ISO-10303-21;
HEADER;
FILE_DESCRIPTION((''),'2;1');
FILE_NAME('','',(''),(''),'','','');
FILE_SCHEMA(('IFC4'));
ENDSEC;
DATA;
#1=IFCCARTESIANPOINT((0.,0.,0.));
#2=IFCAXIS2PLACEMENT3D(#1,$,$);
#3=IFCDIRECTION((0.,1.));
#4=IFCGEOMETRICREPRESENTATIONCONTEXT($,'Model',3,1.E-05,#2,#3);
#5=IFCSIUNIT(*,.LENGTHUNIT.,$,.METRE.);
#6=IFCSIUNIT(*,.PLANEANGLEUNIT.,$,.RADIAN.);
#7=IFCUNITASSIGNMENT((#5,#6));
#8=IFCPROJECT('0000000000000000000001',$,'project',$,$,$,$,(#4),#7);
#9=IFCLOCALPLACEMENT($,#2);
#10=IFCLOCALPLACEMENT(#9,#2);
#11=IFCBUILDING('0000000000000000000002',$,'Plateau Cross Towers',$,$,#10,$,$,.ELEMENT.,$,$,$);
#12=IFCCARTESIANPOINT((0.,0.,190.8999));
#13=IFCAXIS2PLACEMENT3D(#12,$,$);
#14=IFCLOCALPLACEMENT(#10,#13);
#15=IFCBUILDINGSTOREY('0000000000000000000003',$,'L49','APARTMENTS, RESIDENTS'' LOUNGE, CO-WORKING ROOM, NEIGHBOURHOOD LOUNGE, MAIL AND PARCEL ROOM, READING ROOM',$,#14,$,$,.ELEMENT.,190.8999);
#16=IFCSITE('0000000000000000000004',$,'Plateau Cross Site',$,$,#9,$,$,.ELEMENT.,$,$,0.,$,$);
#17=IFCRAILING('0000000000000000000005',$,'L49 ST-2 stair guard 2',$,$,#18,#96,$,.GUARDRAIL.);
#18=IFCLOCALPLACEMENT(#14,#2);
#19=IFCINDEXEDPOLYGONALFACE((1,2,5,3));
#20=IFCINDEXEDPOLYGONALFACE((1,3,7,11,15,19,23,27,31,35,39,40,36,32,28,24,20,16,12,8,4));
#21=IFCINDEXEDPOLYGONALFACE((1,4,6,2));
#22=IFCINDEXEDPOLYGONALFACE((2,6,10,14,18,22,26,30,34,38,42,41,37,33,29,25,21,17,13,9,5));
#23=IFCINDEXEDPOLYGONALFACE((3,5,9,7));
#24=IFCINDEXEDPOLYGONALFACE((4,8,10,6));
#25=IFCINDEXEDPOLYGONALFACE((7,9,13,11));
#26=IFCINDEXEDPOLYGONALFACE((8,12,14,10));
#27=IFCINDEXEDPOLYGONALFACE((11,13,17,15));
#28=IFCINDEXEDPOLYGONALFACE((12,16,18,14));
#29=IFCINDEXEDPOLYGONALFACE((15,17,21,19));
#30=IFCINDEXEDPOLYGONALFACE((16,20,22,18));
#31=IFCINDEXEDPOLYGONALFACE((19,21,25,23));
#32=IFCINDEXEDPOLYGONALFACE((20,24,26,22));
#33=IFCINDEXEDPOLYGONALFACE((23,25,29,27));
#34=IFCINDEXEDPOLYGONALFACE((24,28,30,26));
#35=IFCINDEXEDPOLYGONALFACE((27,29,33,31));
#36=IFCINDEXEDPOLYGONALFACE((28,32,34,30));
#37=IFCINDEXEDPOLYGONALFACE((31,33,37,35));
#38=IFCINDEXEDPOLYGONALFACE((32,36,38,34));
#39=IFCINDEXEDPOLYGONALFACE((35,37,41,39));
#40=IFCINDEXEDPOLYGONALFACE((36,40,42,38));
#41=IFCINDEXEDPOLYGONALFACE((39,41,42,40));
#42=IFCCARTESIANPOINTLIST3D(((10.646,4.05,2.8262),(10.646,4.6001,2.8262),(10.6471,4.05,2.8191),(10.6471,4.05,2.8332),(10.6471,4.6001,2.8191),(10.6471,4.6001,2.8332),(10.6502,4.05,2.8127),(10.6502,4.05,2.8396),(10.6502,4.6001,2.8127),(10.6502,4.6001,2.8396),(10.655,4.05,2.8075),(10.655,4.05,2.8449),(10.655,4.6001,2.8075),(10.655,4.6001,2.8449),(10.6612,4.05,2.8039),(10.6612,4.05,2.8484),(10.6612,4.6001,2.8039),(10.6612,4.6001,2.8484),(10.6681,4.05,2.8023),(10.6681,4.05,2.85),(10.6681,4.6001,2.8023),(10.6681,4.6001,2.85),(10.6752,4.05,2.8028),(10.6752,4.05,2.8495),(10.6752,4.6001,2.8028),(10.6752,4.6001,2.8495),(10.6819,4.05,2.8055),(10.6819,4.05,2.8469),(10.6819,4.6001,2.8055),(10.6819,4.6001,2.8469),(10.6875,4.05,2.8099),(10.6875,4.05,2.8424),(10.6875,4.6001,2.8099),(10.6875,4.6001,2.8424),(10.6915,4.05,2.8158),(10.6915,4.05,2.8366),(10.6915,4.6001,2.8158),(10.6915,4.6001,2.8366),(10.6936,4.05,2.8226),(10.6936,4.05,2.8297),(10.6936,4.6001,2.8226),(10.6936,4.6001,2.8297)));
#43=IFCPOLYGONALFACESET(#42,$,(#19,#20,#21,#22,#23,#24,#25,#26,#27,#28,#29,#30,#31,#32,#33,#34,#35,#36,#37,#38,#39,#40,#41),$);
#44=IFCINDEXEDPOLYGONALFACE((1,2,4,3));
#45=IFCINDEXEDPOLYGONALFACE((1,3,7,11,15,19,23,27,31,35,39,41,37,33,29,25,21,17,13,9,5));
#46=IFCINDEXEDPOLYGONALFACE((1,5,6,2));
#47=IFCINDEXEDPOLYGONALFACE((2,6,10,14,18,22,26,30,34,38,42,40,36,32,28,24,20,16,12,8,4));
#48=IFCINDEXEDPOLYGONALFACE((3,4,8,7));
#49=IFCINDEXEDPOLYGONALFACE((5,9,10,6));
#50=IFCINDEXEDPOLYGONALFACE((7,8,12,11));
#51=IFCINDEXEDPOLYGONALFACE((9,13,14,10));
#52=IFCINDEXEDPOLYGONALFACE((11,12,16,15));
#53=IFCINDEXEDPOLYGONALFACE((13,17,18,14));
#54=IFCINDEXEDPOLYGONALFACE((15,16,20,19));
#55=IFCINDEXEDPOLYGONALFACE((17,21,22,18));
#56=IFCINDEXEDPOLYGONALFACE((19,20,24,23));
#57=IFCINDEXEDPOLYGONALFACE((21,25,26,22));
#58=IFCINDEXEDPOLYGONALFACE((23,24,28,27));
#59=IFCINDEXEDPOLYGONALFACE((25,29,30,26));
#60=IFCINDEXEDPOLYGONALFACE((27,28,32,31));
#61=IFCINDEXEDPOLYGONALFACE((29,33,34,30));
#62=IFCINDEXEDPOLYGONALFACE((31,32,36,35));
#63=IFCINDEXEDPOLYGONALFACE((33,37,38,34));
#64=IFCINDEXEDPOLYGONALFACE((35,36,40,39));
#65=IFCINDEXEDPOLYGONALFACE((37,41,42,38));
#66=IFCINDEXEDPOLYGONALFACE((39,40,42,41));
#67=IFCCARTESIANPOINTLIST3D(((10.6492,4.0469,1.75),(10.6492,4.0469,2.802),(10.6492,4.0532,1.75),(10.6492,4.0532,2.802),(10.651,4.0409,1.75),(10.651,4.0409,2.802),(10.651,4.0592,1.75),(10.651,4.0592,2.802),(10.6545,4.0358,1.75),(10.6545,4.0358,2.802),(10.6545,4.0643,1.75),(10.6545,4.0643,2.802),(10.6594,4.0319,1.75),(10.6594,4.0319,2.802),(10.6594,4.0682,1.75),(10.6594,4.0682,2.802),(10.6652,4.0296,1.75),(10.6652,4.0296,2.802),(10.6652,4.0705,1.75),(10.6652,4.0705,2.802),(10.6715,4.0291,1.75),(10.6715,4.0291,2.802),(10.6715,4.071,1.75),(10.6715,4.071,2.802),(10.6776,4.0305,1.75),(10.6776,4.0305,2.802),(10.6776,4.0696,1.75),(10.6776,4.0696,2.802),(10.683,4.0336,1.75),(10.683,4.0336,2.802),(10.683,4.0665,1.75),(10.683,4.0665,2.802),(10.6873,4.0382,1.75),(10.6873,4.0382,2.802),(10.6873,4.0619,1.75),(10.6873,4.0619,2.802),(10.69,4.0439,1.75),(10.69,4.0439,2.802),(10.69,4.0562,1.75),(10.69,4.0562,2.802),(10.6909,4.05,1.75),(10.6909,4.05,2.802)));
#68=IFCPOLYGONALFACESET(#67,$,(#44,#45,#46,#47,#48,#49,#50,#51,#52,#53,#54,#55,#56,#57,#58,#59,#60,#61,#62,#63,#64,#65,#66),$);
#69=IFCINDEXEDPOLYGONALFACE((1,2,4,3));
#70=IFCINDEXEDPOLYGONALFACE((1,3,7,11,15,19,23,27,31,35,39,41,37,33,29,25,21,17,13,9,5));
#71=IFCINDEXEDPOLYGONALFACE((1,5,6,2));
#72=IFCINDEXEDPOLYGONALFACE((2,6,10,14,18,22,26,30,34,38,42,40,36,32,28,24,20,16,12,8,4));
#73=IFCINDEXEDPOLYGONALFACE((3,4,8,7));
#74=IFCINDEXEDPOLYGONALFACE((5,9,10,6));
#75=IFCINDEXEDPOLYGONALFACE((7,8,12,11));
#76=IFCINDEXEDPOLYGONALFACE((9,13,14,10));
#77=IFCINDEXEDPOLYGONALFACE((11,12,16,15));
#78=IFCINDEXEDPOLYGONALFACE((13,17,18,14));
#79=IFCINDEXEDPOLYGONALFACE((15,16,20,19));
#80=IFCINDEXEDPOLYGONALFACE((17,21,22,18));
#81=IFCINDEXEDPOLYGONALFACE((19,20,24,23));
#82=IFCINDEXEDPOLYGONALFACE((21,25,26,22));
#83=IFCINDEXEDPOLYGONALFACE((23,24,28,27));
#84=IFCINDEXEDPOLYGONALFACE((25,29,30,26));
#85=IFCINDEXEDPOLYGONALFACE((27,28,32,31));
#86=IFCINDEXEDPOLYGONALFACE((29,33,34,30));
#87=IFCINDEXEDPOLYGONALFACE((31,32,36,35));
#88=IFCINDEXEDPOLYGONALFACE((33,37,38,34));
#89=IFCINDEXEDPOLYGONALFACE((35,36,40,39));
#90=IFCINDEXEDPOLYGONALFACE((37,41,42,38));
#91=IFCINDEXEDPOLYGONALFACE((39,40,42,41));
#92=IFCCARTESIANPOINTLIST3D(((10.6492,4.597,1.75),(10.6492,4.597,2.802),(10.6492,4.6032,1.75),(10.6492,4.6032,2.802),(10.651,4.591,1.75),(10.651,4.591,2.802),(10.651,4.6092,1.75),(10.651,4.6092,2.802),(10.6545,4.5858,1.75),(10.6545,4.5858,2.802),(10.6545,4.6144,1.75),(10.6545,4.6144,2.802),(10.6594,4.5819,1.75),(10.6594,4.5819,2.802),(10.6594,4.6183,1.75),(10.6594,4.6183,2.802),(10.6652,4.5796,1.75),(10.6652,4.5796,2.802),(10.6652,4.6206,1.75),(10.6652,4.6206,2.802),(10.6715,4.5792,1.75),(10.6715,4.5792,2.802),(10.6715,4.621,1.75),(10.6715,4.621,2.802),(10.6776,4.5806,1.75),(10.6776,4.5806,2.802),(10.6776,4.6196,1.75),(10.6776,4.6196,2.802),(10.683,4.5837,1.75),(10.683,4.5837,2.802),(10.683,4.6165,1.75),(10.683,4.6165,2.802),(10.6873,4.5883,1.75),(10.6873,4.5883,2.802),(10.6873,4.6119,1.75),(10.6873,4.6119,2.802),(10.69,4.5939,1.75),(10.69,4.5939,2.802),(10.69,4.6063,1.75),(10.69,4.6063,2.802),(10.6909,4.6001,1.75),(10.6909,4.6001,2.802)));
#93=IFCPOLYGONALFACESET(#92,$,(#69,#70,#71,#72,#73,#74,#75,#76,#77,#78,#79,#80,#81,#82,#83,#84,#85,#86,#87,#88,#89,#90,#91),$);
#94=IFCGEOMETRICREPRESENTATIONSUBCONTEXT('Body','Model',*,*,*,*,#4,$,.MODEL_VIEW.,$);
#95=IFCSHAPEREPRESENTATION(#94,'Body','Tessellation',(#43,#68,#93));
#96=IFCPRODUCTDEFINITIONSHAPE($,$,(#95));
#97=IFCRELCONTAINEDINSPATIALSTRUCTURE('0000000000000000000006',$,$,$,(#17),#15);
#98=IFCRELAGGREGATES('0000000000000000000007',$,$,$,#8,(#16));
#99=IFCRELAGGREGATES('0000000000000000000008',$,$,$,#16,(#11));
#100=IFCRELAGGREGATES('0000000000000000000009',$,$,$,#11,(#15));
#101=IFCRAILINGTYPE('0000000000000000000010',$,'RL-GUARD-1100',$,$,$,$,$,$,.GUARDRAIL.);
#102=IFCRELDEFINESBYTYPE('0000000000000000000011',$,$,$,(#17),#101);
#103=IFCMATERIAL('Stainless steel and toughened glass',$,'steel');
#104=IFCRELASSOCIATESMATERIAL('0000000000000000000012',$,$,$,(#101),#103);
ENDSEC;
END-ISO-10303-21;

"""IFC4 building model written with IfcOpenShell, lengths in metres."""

from ifc_helpers import new_model, si_unit, direction, frame, origin, origin_2d, place, context, subcontext, project, spatial, circle, extrude, material, type_object, element, save


model = new_model("IFC4")

# Units and contexts
model_context = context("Model", 3, precision=1e-05, world=origin(), true_north=direction((0.0, 1.0)))
body_context = subcontext(model_context, "Body", "Model", "MODEL_VIEW")
ifc_project = project(units=[si_unit("LENGTHUNIT", "METRE"), si_unit("PLANEANGLEUNIT", "RADIAN")], contexts=[model_context])

# Site, building, storey
site_placement = place(None, origin())
site = spatial("IfcSite", under=ifc_project, at=site_placement, Name="Plateau Cross Site", CompositionType="ELEMENT", RefElevation=0.0)
building_placement = place(site_placement, origin())
building = spatial("IfcBuilding", under=site, at=building_placement, Name="Plateau Cross Towers", CompositionType="ELEMENT")
storey_placement = place(building_placement, frame((0.0, 0.0, 190.8999)))
storey = spatial("IfcBuildingStorey", under=building, at=storey_placement, Name="L49", Description="APARTMENTS, RESIDENTS' LOUNGE, CO-WORKING ROOM, NEIGHBOURHOOD LOUNGE, MAIL AND PARCEL ROOM, READING ROOM", CompositionType="ELEMENT", Elevation=190.8999)

# Railing
ifc_material_1 = material(Name="Stainless steel and toughened glass", Category="steel")
railing_type_1 = type_object("IfcRailingType", Name="RL-GUARD-1100", PredefinedType="GUARDRAIL", material=ifc_material_1)
railing_1_placement = place(storey_placement, frame((10.6699, 4.05, 1.75)))
element("IfcRailing", 1, at=railing_1_placement, inside=storey, type_object=railing_type_1, Name="L49 ST-2 stair guard 2", PredefinedType="GUARDRAIL", context=body_context, shape_type="SweptSolid", body=[
    extrude(circle(Radius=0.0239, at=origin_2d()), frame((0.0, 0.0, 1.0762), z_axis=(0.0, 1.0, 0.0), x_axis=(-1.0, 0.0, 0.0)), (0.0, 0.0, 1.0), 0.55),
    extrude(circle(Radius=0.021, at=origin_2d()), origin(), (0.0, 0.0, 1.0), 1.052),
    extrude(circle(Radius=0.021, at=origin_2d()), frame((0.0, 0.55, 0.0)), (0.0, 0.0, 1.0), 1.052),
])

save(model, "model.ifc")
